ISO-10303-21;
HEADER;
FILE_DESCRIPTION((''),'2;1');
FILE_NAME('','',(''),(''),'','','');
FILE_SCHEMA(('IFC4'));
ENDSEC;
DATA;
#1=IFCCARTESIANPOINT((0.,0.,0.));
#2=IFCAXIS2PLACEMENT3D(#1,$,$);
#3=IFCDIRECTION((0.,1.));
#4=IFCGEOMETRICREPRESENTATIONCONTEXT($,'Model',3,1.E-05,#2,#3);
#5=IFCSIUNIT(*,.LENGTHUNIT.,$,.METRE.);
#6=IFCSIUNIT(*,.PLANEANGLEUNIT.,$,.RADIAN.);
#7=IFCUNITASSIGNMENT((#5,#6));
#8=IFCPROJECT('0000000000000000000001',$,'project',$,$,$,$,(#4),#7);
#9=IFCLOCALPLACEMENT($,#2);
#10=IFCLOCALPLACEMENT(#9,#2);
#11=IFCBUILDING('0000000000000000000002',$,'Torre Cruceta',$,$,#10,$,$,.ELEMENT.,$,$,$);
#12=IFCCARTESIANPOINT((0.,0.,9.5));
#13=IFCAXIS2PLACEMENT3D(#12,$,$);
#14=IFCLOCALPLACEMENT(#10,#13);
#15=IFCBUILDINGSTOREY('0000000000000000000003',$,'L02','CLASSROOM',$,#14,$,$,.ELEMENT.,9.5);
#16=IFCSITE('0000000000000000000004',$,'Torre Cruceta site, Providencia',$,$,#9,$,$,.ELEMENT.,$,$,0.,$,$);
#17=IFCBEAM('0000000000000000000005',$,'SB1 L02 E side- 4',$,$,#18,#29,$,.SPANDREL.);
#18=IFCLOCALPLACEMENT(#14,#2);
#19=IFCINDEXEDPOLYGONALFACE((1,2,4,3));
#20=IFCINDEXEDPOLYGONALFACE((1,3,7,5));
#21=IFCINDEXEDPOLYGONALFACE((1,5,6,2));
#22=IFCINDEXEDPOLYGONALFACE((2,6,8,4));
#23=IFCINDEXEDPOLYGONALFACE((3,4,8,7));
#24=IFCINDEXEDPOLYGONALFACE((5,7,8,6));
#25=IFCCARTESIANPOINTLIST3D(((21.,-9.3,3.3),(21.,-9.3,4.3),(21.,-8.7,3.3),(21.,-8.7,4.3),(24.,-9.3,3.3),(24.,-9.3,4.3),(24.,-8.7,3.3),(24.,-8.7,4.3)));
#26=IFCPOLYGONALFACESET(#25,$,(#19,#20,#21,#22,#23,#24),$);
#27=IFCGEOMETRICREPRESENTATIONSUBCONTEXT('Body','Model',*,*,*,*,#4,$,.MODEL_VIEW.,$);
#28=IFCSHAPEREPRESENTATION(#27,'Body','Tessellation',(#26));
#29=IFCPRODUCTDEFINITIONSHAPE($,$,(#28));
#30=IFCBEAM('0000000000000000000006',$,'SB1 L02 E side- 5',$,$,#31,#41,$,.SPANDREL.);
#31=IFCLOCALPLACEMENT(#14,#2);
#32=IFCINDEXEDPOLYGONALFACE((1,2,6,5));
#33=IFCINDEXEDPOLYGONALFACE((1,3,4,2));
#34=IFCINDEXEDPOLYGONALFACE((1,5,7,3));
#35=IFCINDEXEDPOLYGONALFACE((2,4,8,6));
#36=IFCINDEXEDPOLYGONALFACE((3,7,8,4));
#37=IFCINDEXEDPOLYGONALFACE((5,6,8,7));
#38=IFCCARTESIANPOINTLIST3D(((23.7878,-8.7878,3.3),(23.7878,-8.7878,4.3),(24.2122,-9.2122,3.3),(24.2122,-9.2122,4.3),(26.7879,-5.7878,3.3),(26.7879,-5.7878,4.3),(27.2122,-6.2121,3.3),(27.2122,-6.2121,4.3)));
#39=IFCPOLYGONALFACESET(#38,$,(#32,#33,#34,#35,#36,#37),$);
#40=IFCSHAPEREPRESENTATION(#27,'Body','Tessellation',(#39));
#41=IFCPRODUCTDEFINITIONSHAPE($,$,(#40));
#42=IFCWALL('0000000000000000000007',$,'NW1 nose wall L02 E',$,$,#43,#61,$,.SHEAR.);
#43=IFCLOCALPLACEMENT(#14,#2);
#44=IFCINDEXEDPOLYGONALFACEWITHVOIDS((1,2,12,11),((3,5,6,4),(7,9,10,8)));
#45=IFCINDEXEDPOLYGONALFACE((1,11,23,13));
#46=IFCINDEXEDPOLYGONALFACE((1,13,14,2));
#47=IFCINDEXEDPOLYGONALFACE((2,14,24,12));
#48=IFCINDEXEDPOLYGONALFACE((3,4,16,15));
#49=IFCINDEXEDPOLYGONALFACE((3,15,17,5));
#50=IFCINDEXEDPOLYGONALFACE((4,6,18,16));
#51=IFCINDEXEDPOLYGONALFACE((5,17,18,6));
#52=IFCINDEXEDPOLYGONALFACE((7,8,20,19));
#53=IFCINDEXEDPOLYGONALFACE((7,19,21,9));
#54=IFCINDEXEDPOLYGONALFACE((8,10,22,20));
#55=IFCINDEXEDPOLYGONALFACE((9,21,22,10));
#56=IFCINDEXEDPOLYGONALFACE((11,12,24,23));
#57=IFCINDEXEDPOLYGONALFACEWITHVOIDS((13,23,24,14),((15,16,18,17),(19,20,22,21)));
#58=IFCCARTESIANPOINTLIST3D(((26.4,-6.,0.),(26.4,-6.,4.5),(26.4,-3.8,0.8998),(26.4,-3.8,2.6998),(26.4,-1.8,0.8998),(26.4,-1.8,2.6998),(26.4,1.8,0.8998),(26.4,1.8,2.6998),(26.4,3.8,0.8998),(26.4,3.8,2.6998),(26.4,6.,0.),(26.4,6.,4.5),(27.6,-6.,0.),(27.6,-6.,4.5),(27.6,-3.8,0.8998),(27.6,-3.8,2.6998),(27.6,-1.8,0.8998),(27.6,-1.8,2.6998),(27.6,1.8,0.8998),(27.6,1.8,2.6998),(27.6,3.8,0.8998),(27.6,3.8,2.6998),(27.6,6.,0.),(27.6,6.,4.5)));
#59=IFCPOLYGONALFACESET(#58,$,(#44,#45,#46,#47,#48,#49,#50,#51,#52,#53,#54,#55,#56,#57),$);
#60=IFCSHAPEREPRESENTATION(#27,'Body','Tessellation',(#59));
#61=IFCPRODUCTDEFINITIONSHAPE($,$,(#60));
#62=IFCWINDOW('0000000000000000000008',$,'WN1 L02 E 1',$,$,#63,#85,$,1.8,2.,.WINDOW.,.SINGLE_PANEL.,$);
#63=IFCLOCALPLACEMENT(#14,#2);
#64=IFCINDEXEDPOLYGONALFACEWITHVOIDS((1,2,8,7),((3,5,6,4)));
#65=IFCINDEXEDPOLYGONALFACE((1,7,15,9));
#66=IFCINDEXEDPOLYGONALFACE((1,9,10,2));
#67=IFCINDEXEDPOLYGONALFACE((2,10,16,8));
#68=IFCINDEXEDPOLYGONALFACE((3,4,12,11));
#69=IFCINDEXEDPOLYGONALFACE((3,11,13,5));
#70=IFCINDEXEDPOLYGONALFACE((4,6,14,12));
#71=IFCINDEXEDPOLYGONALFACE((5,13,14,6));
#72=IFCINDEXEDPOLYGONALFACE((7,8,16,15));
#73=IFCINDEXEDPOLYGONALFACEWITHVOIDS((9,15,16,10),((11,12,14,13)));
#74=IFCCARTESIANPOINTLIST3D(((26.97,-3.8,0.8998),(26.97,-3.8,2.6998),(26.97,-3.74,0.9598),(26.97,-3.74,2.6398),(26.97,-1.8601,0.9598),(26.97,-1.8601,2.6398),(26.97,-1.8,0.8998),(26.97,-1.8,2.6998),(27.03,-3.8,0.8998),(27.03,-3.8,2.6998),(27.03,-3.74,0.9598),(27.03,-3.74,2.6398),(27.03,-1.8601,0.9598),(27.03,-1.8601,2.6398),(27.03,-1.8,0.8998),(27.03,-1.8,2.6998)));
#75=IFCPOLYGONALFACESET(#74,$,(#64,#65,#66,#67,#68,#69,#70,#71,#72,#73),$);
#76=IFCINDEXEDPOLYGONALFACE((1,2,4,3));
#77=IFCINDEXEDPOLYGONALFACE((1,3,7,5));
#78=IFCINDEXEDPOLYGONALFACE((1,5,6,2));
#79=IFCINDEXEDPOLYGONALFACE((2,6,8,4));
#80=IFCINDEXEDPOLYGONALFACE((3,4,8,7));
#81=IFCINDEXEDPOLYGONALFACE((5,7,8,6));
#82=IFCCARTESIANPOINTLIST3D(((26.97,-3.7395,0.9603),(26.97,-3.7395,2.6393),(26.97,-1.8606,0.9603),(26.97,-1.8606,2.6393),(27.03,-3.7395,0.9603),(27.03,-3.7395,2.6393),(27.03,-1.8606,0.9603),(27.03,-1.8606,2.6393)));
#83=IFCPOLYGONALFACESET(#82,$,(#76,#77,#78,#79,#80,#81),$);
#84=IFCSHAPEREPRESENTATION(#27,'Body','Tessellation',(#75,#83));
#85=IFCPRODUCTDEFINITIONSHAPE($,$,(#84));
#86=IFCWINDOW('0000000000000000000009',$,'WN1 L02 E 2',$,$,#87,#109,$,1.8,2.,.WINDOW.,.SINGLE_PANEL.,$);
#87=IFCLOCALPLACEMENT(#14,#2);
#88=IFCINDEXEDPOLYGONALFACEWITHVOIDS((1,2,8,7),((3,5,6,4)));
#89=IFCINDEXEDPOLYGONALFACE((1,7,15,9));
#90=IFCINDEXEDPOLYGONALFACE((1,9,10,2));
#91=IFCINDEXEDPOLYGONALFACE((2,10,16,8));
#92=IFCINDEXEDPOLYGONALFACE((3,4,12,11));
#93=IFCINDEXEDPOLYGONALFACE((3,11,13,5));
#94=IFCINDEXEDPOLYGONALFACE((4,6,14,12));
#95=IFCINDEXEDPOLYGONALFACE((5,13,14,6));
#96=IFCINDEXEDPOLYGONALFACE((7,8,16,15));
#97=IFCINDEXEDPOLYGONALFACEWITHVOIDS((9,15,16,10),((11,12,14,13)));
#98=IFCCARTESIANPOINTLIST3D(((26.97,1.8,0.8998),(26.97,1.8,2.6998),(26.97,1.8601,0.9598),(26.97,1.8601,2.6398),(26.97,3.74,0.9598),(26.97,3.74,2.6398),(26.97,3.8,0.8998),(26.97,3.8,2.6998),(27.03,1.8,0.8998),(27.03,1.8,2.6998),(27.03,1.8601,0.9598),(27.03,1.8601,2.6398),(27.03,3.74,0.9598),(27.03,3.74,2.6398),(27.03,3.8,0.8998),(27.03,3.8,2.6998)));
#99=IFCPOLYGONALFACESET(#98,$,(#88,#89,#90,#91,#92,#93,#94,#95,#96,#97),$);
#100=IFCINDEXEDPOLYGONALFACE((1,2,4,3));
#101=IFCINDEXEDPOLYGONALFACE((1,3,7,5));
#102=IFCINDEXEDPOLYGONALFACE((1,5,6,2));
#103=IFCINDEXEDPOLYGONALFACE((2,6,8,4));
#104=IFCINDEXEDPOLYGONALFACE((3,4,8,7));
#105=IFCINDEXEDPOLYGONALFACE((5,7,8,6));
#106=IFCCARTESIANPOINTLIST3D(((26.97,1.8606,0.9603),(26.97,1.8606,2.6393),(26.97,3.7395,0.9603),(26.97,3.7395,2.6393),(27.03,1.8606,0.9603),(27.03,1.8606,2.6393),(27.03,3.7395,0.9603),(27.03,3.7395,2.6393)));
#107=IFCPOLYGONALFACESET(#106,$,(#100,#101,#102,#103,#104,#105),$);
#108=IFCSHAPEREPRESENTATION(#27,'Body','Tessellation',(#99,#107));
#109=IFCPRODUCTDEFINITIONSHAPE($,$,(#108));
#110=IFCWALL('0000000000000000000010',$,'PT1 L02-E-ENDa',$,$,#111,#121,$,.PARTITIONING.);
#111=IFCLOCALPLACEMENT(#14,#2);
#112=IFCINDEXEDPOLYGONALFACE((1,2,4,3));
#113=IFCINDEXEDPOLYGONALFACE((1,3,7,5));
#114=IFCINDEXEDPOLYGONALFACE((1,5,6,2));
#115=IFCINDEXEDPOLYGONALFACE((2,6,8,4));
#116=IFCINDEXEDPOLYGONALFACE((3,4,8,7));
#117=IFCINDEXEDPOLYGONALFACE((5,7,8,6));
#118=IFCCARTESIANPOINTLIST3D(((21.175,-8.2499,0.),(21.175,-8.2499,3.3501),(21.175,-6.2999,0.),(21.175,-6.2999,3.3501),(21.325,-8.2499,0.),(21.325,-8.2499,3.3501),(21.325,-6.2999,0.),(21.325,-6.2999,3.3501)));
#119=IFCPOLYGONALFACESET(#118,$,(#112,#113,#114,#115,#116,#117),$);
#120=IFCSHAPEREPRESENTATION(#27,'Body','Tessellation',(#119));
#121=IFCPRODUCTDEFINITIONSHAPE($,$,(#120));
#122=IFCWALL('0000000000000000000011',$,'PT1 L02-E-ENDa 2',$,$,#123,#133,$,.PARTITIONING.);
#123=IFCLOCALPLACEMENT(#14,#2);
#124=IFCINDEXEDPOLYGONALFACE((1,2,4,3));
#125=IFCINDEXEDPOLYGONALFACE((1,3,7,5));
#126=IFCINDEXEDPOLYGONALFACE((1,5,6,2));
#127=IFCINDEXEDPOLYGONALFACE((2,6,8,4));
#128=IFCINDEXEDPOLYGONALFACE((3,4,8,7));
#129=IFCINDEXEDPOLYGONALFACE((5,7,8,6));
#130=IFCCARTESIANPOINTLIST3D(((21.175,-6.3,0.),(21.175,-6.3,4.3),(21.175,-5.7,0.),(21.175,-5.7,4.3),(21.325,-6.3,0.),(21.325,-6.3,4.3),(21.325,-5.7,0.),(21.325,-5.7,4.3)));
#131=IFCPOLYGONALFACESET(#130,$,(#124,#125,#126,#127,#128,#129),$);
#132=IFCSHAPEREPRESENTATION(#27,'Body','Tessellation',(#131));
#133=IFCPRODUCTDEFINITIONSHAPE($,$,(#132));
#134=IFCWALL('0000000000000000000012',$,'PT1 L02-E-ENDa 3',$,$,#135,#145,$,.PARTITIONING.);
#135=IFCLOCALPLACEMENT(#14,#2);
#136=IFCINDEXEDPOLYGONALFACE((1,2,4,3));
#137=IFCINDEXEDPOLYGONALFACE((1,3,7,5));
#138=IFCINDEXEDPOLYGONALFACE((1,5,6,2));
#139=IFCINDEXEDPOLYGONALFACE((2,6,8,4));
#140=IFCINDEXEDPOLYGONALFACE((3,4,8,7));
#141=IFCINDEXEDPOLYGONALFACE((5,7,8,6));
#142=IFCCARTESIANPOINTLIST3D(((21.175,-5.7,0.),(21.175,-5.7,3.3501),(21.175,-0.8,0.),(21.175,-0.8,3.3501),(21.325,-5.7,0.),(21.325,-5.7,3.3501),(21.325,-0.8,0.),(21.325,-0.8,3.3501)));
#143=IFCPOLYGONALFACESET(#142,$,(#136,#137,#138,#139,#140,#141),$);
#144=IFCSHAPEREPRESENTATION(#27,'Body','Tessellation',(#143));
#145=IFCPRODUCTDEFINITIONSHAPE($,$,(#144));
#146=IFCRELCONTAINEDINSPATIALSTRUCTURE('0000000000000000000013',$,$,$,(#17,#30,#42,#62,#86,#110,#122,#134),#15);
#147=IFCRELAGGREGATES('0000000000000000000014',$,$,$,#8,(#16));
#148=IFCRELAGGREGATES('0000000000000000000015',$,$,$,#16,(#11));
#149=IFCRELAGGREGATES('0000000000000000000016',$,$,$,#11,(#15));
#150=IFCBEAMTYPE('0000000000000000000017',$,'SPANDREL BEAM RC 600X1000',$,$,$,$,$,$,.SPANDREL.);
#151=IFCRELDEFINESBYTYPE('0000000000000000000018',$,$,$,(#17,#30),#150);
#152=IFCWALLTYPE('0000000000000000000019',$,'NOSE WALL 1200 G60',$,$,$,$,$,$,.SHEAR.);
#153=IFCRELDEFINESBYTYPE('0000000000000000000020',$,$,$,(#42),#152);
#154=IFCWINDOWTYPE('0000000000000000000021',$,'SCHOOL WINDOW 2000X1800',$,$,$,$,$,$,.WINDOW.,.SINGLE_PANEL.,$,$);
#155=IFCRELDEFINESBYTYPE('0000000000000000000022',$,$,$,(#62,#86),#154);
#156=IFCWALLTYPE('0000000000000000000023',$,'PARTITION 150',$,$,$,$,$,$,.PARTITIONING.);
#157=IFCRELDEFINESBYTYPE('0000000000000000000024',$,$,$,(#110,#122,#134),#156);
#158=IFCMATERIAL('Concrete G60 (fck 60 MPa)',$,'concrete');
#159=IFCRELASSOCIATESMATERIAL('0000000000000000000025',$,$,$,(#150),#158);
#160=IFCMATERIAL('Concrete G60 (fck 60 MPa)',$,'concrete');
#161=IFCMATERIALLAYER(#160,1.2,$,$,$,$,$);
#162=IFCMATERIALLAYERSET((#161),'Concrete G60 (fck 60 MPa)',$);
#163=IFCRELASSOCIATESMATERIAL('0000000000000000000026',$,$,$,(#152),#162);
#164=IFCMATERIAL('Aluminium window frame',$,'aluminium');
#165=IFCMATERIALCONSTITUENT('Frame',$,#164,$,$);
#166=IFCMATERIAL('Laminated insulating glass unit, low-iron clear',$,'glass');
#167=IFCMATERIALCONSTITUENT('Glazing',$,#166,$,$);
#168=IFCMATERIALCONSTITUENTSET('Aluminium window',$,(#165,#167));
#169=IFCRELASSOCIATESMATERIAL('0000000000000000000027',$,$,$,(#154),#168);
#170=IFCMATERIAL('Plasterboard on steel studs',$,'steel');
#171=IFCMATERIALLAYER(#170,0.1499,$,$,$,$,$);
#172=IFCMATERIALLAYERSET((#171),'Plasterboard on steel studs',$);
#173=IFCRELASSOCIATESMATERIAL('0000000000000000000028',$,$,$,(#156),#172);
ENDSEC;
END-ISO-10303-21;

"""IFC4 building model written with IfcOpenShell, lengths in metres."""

from ifc_helpers import new_model, si_unit, direction, frame, frame_2d, origin, origin_2d, place, context, subcontext, project, spatial, rectangle, hollow_rectangle, extrude, material, layer, layer_set, constituent, constituent_set, material_profile, profile_set, type_object, element, fill, save


model = new_model("IFC4")

# Units and contexts
model_context = context("Model", 3, precision=1e-05, world=origin(), true_north=direction((0.0, 1.0)))
body_context = subcontext(model_context, "Body", "Model", "MODEL_VIEW")
ifc_project = project(units=[si_unit("LENGTHUNIT", "METRE"), si_unit("PLANEANGLEUNIT", "RADIAN")], contexts=[model_context])

# Site, building, storey
site_placement = place(None, origin())
site = spatial("IfcSite", under=ifc_project, at=site_placement, Name="Torre Cruceta site, Providencia", CompositionType="ELEMENT", RefElevation=0.0)
building_placement = place(site_placement, origin())
building = spatial("IfcBuilding", under=site, at=building_placement, Name="Torre Cruceta", CompositionType="ELEMENT")
storey_placement = place(building_placement, frame((0.0, 0.0, 9.5)))
storey = spatial("IfcBuildingStorey", under=building, at=storey_placement, Name="L02", Description="CLASSROOM", CompositionType="ELEMENT", Elevation=9.5)

# Beams
ifc_material_1 = material(Name="Concrete G60 (fck 60 MPa)", Category="concrete")
ifc_material_profile_1 = material_profile(ifc_material_1, rectangle(XDim=0.6001, YDim=1.0, at=origin_2d()), Name="RC 600X1000")
ifc_profile_set_1 = profile_set([ifc_material_profile_1], Name="Concrete G60 (fck 60 MPa)")
beam_type_1 = type_object("IfcBeamType", Name="SPANDREL BEAM RC 600X1000", PredefinedType="SPANDREL", material=ifc_profile_set_1)
beam_1_placement = place(storey_placement, frame((21.0, -9.0, 3.8), z_axis=(1.0, 0.0, 0.0), x_axis=(0.0, 1.0, 0.0)))
element("IfcBeam", 1, at=beam_1_placement, inside=storey, type_object=beam_type_1, Name="SB1 L02 E side- 4", PredefinedType="SPANDREL", context=body_context, shape_type="SweptSolid", body=[
    extrude(rectangle(XDim=0.6001, YDim=1.0, at=origin_2d()), origin(), (0.0, 0.0, 1.0), 3.0),
])
beam_2_placement = place(storey_placement, frame((24.0, -9.0, 3.8), z_axis=(0.707107, 0.707107, 0.0), x_axis=(-0.707107, 0.707107, 0.0)))
element("IfcBeam", 2, at=beam_2_placement, inside=storey, type_object=beam_type_1, Name="SB1 L02 E side- 5", PredefinedType="SPANDREL", context=body_context, shape_type="SweptSolid", body=[
    extrude(rectangle(XDim=0.6001, YDim=1.0, at=origin_2d()), origin(), (0.0, 0.0, 1.0), 4.2427),
])

# Wall, openings, windows
ifc_material_2 = material(Name="Concrete G60 (fck 60 MPa)", Category="concrete")
ifc_layer_1 = layer(ifc_material_2, 1.2)
ifc_layer_set_1 = layer_set([ifc_layer_1], Name="Concrete G60 (fck 60 MPa)")
wall_type_1 = type_object("IfcWallType", Name="NOSE WALL 1200 G60", PredefinedType="SHEAR", material=ifc_layer_set_1)
wall_1_placement = place(storey_placement, frame((27.0, -6.0, 0.0), z_axis=(0.0, 0.0, 1.0), x_axis=(0.0, 1.0, 0.0)))
wall_1 = element("IfcWall", 3, at=wall_1_placement, inside=storey, type_object=wall_type_1, Name="NW1 nose wall L02 E", PredefinedType="SHEAR", context=body_context, shape_type="SweptSolid", body=[
    extrude(rectangle(XDim=12.0, YDim=1.2, at=frame_2d((6.0, 0.0))), origin(), (0.0, 0.0, 1.0), 4.5),
])
opening_1_placement = place(wall_1_placement, frame((2.2, 0.0, 0.8999)))
opening_1 = element("IfcOpeningElement", 4, at=opening_1_placement, cuts=wall_1, PredefinedType="OPENING", context=body_context, shape_type="SweptSolid", body=[
    extrude(rectangle(XDim=2.0, YDim=1.8, at=frame_2d((1.0, 0.8999))), frame((0.0, 0.6099, 0.0), z_axis=(0.0, -1.0, 0.0), x_axis=(1.0, 0.0, 0.0)), (0.0, 0.0, 1.0), 1.22),
])
opening_2_placement = place(wall_1_placement, frame((7.8, 0.0, 0.8999)))
opening_2 = element("IfcOpeningElement", 5, at=opening_2_placement, cuts=wall_1, PredefinedType="OPENING", context=body_context, shape_type="SweptSolid", body=[
    extrude(rectangle(XDim=2.0, YDim=1.8, at=frame_2d((1.0, 0.8999))), frame((0.0, 0.6099, 0.0), z_axis=(0.0, -1.0, 0.0), x_axis=(1.0, 0.0, 0.0)), (0.0, 0.0, 1.0), 1.22),
])
ifc_material_3 = material(Name="Aluminium window frame", Category="aluminium")
ifc_constituent_1 = constituent(ifc_material_3, Name="Frame")
ifc_material_4 = material(Name="Laminated insulating glass unit, low-iron clear", Category="glass")
ifc_constituent_2 = constituent(ifc_material_4, Name="Glazing")
ifc_constituent_set = constituent_set(constituents=[ifc_constituent_1, ifc_constituent_2], Name="Aluminium window")
window_type = type_object("IfcWindowType", Name="SCHOOL WINDOW 2000X1800", PartitioningType="SINGLE_PANEL", PredefinedType="WINDOW", material=ifc_constituent_set)
window_1_placement = place(opening_1_placement, origin())
window_1 = element("IfcWindow", 6, at=window_1_placement, inside=storey, type_object=window_type, Name="WN1 L02 E 1", OverallHeight=1.8, OverallWidth=2.0, PartitioningType="SINGLE_PANEL", PredefinedType="WINDOW", context=body_context, shape_type="SweptSolid", body=[
    extrude(hollow_rectangle(XDim=2.0, YDim=1.8, WallThickness=0.0601, at=frame_2d((1.0, 0.8999))), frame((0.0, 0.03, 0.0), z_axis=(0.0, -1.0, 0.0), x_axis=(1.0, 0.0, 0.0)), (0.0, 0.0, 1.0), 0.0601),
    extrude(rectangle(XDim=1.8789, YDim=1.679, at=frame_2d((1.0, 0.8999))), frame((0.0, 0.03, 0.0), z_axis=(0.0, -1.0, 0.0), x_axis=(1.0, 0.0, 0.0)), (0.0, 0.0, 1.0), 0.0601),
])
fill(opening_1, window_1)
window_2_placement = place(opening_2_placement, origin())
window_2 = element("IfcWindow", 7, at=window_2_placement, inside=storey, type_object=window_type, Name="WN1 L02 E 2", OverallHeight=1.8, OverallWidth=2.0, PartitioningType="SINGLE_PANEL", PredefinedType="WINDOW", context=body_context, shape_type="SweptSolid", body=[
    extrude(hollow_rectangle(XDim=2.0, YDim=1.8, WallThickness=0.0601, at=frame_2d((1.0, 0.8999))), frame((0.0, 0.03, 0.0), z_axis=(0.0, -1.0, 0.0), x_axis=(1.0, 0.0, 0.0)), (0.0, 0.0, 1.0), 0.0601),
    extrude(rectangle(XDim=1.8789, YDim=1.679, at=frame_2d((1.0, 0.8999))), frame((0.0, 0.03, 0.0), z_axis=(0.0, -1.0, 0.0), x_axis=(1.0, 0.0, 0.0)), (0.0, 0.0, 1.0), 0.0601),
])
fill(opening_2, window_2)

# Walls
ifc_material_5 = material(Name="Plasterboard on steel studs", Category="steel")
ifc_layer_2 = layer(ifc_material_5, 0.1499)
ifc_layer_set_2 = layer_set([ifc_layer_2], Name="Plasterboard on steel studs")
wall_type_2 = type_object("IfcWallType", Name="PARTITION 150", PredefinedType="PARTITIONING", material=ifc_layer_set_2)
wall_2_placement = place(storey_placement, frame((21.25, -8.25, 0.0), z_axis=(0.0, 0.0, 1.0), x_axis=(0.0, 1.0, 0.0)))
element("IfcWall", 8, at=wall_2_placement, inside=storey, type_object=wall_type_2, Name="PT1 L02-E-ENDa", PredefinedType="PARTITIONING", context=body_context, shape_type="SweptSolid", body=[
    extrude(rectangle(XDim=1.95, YDim=0.1499, at=frame_2d((0.9751, 0.0))), origin(), (0.0, 0.0, 1.0), 3.3501),
])
wall_3_placement = place(storey_placement, frame((21.25, -6.3, 0.0), z_axis=(0.0, 0.0, 1.0), x_axis=(0.0, 1.0, 0.0)))
element("IfcWall", 9, at=wall_3_placement, inside=storey, type_object=wall_type_2, Name="PT1 L02-E-ENDa 2", PredefinedType="PARTITIONING", context=body_context, shape_type="SweptSolid", body=[
    extrude(rectangle(XDim=0.6001, YDim=0.1499, at=frame_2d((0.3, 0.0))), origin(), (0.0, 0.0, 1.0), 4.3),
])
wall_4_placement = place(storey_placement, frame((21.25, -5.7, 0.0), z_axis=(0.0, 0.0, 1.0), x_axis=(0.0, 1.0, 0.0)))
element("IfcWall", 10, at=wall_4_placement, inside=storey, type_object=wall_type_2, Name="PT1 L02-E-ENDa 3", PredefinedType="PARTITIONING", context=body_context, shape_type="SweptSolid", body=[
    extrude(rectangle(XDim=4.8999, YDim=0.1499, at=frame_2d((2.45, 0.0))), origin(), (0.0, 0.0, 1.0), 3.3501),
])

save(model, "model.ifc")
